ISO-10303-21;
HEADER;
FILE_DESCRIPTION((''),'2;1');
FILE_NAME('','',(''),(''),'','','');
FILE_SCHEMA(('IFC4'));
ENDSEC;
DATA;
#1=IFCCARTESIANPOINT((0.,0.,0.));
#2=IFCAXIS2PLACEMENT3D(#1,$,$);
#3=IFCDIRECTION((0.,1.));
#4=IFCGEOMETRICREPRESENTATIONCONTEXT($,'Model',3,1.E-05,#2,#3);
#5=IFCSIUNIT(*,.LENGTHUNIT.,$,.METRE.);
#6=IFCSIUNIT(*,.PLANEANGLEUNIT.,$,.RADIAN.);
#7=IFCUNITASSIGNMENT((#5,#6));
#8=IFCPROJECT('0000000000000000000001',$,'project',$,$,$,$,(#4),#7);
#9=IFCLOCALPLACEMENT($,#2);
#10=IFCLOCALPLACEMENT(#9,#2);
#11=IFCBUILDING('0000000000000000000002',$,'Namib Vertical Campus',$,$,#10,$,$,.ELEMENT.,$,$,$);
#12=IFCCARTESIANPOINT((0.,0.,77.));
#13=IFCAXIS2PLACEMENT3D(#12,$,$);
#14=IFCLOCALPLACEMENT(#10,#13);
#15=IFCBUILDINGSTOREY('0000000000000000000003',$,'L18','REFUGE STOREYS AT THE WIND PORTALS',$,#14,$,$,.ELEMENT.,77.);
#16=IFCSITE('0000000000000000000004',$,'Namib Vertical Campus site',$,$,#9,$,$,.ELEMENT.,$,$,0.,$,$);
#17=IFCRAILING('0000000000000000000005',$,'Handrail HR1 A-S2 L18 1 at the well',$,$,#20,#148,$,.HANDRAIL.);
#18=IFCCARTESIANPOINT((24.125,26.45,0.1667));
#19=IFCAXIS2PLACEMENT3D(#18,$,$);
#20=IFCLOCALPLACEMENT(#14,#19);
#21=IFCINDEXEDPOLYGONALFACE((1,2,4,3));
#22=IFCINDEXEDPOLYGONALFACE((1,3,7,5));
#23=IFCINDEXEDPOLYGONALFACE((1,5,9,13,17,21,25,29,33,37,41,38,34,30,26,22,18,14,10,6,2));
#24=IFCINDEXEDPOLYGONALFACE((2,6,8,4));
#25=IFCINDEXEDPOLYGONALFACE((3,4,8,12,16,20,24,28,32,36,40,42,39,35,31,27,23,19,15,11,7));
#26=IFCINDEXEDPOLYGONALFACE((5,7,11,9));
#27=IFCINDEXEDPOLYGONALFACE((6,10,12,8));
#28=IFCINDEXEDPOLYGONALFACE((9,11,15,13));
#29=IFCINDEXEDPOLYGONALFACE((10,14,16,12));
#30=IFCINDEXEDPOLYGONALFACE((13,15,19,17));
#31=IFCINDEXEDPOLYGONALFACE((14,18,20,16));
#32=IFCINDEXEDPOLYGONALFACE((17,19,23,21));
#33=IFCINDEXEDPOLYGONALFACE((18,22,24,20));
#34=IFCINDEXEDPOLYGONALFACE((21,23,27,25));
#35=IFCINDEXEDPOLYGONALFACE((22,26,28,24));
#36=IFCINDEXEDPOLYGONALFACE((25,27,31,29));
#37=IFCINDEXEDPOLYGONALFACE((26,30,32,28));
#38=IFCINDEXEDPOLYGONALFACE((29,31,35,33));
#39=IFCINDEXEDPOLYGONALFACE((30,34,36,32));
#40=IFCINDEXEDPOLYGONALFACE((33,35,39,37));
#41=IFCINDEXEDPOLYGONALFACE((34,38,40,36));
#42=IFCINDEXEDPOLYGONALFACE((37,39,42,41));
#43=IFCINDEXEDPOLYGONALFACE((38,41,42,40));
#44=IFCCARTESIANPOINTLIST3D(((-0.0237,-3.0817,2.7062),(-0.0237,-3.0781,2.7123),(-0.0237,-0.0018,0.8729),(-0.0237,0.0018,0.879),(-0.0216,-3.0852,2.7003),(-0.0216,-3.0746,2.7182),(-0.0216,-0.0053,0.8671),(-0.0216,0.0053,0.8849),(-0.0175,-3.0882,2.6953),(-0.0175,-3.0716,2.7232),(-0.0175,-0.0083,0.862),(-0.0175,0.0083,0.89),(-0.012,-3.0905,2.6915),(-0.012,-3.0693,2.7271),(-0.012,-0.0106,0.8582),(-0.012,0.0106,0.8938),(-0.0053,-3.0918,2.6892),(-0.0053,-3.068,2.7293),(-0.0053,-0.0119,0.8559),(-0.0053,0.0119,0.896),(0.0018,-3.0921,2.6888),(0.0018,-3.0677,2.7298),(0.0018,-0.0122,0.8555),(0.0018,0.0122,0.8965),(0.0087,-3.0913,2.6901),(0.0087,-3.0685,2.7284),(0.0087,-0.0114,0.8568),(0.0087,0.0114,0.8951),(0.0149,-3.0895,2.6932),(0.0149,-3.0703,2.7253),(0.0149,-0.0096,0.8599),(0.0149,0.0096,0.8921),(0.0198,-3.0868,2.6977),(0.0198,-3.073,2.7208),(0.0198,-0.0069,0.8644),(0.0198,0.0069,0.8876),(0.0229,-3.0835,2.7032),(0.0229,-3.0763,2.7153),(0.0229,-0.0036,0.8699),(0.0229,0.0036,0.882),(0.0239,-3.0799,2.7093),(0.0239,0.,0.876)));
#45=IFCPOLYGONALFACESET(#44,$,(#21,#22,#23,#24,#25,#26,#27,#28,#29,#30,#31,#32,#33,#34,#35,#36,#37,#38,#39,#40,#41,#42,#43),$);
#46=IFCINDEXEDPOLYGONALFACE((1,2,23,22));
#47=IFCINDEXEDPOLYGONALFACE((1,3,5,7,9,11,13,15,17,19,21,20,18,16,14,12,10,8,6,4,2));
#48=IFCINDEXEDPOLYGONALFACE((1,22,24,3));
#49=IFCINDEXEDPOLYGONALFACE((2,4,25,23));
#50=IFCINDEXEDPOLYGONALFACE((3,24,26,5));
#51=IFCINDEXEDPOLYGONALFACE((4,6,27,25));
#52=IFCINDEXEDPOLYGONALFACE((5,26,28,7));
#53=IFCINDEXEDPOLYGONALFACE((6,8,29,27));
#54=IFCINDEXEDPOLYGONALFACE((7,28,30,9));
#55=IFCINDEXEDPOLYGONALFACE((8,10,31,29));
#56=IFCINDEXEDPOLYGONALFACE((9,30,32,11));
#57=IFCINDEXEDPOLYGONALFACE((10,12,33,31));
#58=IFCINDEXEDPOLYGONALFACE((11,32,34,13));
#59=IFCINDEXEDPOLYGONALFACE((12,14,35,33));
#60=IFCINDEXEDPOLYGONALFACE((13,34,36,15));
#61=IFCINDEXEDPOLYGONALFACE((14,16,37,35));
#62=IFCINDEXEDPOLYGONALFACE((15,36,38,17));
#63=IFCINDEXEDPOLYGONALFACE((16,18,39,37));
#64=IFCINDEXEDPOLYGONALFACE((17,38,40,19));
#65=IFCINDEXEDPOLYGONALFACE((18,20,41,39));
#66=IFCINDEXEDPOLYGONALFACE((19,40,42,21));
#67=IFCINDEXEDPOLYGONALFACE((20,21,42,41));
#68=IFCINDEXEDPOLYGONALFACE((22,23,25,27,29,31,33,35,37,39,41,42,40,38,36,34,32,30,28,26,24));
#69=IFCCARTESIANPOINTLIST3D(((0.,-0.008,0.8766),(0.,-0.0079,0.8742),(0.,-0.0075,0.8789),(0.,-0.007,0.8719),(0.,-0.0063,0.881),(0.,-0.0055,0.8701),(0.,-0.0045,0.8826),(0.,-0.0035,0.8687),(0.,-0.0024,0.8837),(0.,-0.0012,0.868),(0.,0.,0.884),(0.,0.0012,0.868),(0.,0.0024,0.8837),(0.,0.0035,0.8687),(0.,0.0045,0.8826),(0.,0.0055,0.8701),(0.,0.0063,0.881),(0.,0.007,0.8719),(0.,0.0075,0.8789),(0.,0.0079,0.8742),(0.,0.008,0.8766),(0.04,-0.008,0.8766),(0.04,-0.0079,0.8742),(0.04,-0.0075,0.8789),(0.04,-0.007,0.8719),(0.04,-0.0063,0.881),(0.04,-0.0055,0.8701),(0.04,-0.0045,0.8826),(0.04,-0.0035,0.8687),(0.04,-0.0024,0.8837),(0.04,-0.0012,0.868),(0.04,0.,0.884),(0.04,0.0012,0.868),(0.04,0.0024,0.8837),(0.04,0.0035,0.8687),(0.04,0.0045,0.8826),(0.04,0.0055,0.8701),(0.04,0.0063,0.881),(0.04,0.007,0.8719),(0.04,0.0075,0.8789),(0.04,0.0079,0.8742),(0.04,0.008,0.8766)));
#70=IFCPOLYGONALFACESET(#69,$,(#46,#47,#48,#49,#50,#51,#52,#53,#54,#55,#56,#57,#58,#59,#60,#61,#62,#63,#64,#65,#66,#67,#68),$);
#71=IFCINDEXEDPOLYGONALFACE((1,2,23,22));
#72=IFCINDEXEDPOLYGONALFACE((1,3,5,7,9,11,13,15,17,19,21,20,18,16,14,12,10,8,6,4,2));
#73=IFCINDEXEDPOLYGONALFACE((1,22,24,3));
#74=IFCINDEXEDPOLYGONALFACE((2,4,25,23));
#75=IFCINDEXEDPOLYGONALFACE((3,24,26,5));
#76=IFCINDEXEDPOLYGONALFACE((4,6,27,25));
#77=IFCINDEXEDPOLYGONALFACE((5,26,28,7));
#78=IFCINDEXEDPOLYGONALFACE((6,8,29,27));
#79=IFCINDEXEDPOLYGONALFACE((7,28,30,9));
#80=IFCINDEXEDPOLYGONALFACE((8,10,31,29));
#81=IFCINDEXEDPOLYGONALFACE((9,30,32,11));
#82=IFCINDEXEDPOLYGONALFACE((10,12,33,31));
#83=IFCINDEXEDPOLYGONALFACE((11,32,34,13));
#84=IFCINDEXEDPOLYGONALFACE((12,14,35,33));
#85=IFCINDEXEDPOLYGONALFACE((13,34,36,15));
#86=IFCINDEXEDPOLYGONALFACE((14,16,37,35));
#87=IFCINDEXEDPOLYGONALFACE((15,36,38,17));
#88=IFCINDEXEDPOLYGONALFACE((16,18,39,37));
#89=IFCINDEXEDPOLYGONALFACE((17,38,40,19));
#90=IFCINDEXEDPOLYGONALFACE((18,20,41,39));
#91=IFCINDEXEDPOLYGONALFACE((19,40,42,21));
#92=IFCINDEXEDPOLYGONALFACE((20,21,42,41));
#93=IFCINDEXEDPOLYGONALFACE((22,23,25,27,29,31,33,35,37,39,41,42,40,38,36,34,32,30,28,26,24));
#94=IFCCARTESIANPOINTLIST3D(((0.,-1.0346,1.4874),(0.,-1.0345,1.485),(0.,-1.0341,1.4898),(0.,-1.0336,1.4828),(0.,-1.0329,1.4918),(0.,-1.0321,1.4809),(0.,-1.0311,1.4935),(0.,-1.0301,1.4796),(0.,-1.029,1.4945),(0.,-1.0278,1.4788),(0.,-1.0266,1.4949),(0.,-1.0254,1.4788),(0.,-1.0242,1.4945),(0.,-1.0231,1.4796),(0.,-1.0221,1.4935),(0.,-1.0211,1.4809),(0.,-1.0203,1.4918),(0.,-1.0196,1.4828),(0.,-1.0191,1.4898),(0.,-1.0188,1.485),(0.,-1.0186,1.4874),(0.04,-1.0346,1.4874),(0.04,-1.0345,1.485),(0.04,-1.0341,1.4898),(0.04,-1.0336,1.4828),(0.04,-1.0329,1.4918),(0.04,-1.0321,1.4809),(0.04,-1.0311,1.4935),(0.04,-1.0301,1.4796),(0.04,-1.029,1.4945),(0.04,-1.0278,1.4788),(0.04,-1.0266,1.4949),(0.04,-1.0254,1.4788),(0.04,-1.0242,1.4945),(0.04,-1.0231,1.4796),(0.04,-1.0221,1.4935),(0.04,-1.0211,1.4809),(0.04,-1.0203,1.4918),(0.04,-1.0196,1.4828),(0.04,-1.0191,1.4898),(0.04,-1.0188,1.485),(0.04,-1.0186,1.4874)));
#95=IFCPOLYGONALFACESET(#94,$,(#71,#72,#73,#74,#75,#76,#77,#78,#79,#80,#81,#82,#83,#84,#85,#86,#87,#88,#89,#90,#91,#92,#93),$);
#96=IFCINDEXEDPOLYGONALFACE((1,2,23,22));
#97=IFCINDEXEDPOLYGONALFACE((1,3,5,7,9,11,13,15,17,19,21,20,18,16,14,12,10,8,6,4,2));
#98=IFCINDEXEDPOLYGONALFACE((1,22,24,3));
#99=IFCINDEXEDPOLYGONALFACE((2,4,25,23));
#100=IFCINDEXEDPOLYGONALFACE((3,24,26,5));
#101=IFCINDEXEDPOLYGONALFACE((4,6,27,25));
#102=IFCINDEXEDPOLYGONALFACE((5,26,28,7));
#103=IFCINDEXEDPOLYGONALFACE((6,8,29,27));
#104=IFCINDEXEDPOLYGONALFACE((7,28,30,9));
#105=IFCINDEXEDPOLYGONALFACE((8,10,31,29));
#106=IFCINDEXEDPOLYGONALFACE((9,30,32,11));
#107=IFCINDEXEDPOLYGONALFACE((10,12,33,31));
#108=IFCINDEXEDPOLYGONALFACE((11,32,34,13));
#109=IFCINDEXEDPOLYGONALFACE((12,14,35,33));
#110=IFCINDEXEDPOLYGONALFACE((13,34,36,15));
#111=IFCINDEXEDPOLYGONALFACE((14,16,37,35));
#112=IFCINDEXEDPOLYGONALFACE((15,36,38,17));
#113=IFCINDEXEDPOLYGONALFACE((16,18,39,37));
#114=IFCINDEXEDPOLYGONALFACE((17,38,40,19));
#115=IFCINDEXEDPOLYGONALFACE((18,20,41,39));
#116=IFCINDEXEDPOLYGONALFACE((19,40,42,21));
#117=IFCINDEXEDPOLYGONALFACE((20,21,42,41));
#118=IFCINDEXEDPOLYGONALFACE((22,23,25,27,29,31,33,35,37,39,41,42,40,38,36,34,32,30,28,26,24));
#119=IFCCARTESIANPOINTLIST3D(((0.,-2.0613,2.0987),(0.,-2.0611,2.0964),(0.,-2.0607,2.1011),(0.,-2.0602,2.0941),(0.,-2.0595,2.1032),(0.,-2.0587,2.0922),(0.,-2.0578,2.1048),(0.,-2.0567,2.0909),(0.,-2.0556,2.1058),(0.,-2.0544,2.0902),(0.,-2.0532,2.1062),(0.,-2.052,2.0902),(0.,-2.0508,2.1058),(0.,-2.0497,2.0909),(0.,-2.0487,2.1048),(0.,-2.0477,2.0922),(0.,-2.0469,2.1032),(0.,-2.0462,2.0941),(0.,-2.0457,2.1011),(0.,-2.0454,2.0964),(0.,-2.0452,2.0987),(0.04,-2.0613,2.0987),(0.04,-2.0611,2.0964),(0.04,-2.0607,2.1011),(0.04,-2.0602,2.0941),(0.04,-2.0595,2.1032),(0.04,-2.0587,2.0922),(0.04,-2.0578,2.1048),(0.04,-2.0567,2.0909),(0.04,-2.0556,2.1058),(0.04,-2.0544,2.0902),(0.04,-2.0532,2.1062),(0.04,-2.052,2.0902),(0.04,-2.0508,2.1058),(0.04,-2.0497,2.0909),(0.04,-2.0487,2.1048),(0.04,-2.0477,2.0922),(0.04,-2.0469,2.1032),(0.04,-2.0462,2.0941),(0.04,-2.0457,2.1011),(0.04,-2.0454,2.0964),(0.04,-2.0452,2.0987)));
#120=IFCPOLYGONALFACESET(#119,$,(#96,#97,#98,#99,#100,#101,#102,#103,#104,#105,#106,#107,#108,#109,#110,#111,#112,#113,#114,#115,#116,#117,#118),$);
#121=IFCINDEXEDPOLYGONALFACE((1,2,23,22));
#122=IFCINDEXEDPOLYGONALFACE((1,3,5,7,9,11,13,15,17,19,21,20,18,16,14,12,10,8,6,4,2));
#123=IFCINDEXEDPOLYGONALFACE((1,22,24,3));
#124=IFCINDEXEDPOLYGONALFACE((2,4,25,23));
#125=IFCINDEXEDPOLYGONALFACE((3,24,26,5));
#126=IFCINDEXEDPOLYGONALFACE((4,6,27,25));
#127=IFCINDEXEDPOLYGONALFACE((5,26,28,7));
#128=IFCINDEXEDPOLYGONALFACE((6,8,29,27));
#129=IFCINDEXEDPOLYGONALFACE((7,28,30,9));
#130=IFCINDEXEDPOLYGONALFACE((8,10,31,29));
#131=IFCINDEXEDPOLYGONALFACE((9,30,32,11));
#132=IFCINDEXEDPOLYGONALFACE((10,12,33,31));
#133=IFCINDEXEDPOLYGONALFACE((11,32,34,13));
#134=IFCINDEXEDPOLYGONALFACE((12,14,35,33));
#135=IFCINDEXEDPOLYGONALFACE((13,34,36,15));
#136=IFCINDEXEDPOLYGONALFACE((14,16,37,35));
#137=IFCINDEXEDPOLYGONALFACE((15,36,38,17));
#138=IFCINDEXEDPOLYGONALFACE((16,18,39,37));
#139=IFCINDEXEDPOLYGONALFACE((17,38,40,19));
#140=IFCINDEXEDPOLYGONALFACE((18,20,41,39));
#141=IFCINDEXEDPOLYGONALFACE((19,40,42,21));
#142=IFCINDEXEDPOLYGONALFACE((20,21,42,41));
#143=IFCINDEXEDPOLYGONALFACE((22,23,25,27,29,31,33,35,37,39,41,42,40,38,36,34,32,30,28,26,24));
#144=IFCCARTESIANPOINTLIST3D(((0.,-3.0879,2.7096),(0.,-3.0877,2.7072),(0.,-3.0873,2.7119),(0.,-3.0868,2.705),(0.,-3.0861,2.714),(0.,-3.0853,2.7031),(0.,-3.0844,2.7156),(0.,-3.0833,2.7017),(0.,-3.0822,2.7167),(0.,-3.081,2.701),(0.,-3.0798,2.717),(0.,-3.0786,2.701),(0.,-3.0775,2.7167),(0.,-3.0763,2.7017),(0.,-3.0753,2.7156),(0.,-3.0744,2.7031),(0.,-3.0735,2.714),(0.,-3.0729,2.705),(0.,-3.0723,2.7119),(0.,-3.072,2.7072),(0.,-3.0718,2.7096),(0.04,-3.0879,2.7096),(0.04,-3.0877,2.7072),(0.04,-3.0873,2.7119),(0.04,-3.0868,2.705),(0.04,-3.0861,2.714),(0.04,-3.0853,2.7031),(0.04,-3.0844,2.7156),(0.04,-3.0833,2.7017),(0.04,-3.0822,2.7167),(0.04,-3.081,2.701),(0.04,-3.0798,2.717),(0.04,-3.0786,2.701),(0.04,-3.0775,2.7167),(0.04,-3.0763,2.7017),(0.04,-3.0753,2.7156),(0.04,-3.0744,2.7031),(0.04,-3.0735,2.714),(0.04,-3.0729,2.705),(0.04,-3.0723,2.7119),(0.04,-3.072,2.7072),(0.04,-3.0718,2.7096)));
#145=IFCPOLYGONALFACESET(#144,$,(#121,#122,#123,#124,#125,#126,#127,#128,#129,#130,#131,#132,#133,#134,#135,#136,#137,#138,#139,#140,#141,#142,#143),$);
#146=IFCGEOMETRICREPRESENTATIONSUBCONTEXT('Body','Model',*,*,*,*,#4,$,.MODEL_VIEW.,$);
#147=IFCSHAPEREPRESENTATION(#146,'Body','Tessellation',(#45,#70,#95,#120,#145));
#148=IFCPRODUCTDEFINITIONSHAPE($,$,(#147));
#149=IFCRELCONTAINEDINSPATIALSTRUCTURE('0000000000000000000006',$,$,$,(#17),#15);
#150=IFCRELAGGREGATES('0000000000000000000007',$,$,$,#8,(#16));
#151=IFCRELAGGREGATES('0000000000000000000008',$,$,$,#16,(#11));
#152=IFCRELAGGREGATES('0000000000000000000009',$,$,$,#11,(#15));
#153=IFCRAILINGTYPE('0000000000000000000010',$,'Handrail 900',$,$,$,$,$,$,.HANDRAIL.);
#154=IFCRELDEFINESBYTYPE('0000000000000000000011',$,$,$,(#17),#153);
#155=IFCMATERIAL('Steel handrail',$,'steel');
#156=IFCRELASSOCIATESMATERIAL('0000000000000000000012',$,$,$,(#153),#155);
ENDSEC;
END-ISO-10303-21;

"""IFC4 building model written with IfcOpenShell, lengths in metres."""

from ifc_helpers import new_model, si_unit, direction, frame, origin, origin_2d, place, context, subcontext, project, spatial, circle, extrude, material, type_object, element, save


model = new_model("IFC4")

# Units and contexts
model_context = context("Model", 3, precision=1e-05, world=origin(), true_north=direction((0.0, 1.0)))
body_context = subcontext(model_context, "Body", "Model", "MODEL_VIEW")
ifc_project = project(units=[si_unit("LENGTHUNIT", "METRE"), si_unit("PLANEANGLEUNIT", "RADIAN")], contexts=[model_context])

# Site, building, storey
site_placement = place(None, origin())
site = spatial("IfcSite", under=ifc_project, at=site_placement, Name="Namib Vertical Campus site", CompositionType="ELEMENT", RefElevation=0.0)
building_placement = place(site_placement, origin())
building = spatial("IfcBuilding", under=site, at=building_placement, Name="Namib Vertical Campus", CompositionType="ELEMENT")
storey_placement = place(building_placement, frame((0.0, 0.0, 77.0)))
storey = spatial("IfcBuildingStorey", under=building, at=storey_placement, Name="L18", Description="REFUGE STOREYS AT THE WIND PORTALS", CompositionType="ELEMENT", Elevation=77.0)

# Railing
ifc_material_1 = material(Name="Steel handrail", Category="steel")
railing_type_1 = type_object("IfcRailingType", Name="Handrail 900", PredefinedType="HANDRAIL", material=ifc_material_1)
railing_1_placement = place(storey_placement, frame((24.125, 26.45, 0.1667)))
element("IfcRailing", 1, at=railing_1_placement, inside=storey, type_object=railing_type_1, Name="Handrail HR1 A-S2 L18 1 at the well", PredefinedType="HANDRAIL", context=body_context, shape_type="SweptSolid", body=[
    extrude(circle(Radius=0.0239, at=origin_2d()), frame((0.0, 0.0, 0.876), z_axis=(0.0, -0.859291, 0.511487), x_axis=(1.0, 0.0, 0.0)), (0.0, 0.0, 1.0), 3.5842),
    extrude(circle(Radius=0.0081, at=origin_2d()), frame((0.0, 0.0, 0.876), z_axis=(1.0, 0.0, 0.0), x_axis=(0.0, 0.0, 1.0)), (0.0, 0.0, 1.0), 0.04),
    extrude(circle(Radius=0.0081, at=origin_2d()), frame((0.0, -1.0266, 1.4868), z_axis=(1.0, 0.0, 0.0), x_axis=(0.0, 0.0, 1.0)), (0.0, 0.0, 1.0), 0.04),
    extrude(circle(Radius=0.0081, at=origin_2d()), frame((0.0, -2.0532, 2.0981), z_axis=(1.0, 0.0, 0.0), x_axis=(0.0, 0.0, 1.0)), (0.0, 0.0, 1.0), 0.04),
    extrude(circle(Radius=0.0081, at=origin_2d()), frame((0.0, -3.0798, 2.709), z_axis=(1.0, 0.0, 0.0), x_axis=(0.0, 0.0, 1.0)), (0.0, 0.0, 1.0), 0.04),
])

save(model, "model.ifc")
